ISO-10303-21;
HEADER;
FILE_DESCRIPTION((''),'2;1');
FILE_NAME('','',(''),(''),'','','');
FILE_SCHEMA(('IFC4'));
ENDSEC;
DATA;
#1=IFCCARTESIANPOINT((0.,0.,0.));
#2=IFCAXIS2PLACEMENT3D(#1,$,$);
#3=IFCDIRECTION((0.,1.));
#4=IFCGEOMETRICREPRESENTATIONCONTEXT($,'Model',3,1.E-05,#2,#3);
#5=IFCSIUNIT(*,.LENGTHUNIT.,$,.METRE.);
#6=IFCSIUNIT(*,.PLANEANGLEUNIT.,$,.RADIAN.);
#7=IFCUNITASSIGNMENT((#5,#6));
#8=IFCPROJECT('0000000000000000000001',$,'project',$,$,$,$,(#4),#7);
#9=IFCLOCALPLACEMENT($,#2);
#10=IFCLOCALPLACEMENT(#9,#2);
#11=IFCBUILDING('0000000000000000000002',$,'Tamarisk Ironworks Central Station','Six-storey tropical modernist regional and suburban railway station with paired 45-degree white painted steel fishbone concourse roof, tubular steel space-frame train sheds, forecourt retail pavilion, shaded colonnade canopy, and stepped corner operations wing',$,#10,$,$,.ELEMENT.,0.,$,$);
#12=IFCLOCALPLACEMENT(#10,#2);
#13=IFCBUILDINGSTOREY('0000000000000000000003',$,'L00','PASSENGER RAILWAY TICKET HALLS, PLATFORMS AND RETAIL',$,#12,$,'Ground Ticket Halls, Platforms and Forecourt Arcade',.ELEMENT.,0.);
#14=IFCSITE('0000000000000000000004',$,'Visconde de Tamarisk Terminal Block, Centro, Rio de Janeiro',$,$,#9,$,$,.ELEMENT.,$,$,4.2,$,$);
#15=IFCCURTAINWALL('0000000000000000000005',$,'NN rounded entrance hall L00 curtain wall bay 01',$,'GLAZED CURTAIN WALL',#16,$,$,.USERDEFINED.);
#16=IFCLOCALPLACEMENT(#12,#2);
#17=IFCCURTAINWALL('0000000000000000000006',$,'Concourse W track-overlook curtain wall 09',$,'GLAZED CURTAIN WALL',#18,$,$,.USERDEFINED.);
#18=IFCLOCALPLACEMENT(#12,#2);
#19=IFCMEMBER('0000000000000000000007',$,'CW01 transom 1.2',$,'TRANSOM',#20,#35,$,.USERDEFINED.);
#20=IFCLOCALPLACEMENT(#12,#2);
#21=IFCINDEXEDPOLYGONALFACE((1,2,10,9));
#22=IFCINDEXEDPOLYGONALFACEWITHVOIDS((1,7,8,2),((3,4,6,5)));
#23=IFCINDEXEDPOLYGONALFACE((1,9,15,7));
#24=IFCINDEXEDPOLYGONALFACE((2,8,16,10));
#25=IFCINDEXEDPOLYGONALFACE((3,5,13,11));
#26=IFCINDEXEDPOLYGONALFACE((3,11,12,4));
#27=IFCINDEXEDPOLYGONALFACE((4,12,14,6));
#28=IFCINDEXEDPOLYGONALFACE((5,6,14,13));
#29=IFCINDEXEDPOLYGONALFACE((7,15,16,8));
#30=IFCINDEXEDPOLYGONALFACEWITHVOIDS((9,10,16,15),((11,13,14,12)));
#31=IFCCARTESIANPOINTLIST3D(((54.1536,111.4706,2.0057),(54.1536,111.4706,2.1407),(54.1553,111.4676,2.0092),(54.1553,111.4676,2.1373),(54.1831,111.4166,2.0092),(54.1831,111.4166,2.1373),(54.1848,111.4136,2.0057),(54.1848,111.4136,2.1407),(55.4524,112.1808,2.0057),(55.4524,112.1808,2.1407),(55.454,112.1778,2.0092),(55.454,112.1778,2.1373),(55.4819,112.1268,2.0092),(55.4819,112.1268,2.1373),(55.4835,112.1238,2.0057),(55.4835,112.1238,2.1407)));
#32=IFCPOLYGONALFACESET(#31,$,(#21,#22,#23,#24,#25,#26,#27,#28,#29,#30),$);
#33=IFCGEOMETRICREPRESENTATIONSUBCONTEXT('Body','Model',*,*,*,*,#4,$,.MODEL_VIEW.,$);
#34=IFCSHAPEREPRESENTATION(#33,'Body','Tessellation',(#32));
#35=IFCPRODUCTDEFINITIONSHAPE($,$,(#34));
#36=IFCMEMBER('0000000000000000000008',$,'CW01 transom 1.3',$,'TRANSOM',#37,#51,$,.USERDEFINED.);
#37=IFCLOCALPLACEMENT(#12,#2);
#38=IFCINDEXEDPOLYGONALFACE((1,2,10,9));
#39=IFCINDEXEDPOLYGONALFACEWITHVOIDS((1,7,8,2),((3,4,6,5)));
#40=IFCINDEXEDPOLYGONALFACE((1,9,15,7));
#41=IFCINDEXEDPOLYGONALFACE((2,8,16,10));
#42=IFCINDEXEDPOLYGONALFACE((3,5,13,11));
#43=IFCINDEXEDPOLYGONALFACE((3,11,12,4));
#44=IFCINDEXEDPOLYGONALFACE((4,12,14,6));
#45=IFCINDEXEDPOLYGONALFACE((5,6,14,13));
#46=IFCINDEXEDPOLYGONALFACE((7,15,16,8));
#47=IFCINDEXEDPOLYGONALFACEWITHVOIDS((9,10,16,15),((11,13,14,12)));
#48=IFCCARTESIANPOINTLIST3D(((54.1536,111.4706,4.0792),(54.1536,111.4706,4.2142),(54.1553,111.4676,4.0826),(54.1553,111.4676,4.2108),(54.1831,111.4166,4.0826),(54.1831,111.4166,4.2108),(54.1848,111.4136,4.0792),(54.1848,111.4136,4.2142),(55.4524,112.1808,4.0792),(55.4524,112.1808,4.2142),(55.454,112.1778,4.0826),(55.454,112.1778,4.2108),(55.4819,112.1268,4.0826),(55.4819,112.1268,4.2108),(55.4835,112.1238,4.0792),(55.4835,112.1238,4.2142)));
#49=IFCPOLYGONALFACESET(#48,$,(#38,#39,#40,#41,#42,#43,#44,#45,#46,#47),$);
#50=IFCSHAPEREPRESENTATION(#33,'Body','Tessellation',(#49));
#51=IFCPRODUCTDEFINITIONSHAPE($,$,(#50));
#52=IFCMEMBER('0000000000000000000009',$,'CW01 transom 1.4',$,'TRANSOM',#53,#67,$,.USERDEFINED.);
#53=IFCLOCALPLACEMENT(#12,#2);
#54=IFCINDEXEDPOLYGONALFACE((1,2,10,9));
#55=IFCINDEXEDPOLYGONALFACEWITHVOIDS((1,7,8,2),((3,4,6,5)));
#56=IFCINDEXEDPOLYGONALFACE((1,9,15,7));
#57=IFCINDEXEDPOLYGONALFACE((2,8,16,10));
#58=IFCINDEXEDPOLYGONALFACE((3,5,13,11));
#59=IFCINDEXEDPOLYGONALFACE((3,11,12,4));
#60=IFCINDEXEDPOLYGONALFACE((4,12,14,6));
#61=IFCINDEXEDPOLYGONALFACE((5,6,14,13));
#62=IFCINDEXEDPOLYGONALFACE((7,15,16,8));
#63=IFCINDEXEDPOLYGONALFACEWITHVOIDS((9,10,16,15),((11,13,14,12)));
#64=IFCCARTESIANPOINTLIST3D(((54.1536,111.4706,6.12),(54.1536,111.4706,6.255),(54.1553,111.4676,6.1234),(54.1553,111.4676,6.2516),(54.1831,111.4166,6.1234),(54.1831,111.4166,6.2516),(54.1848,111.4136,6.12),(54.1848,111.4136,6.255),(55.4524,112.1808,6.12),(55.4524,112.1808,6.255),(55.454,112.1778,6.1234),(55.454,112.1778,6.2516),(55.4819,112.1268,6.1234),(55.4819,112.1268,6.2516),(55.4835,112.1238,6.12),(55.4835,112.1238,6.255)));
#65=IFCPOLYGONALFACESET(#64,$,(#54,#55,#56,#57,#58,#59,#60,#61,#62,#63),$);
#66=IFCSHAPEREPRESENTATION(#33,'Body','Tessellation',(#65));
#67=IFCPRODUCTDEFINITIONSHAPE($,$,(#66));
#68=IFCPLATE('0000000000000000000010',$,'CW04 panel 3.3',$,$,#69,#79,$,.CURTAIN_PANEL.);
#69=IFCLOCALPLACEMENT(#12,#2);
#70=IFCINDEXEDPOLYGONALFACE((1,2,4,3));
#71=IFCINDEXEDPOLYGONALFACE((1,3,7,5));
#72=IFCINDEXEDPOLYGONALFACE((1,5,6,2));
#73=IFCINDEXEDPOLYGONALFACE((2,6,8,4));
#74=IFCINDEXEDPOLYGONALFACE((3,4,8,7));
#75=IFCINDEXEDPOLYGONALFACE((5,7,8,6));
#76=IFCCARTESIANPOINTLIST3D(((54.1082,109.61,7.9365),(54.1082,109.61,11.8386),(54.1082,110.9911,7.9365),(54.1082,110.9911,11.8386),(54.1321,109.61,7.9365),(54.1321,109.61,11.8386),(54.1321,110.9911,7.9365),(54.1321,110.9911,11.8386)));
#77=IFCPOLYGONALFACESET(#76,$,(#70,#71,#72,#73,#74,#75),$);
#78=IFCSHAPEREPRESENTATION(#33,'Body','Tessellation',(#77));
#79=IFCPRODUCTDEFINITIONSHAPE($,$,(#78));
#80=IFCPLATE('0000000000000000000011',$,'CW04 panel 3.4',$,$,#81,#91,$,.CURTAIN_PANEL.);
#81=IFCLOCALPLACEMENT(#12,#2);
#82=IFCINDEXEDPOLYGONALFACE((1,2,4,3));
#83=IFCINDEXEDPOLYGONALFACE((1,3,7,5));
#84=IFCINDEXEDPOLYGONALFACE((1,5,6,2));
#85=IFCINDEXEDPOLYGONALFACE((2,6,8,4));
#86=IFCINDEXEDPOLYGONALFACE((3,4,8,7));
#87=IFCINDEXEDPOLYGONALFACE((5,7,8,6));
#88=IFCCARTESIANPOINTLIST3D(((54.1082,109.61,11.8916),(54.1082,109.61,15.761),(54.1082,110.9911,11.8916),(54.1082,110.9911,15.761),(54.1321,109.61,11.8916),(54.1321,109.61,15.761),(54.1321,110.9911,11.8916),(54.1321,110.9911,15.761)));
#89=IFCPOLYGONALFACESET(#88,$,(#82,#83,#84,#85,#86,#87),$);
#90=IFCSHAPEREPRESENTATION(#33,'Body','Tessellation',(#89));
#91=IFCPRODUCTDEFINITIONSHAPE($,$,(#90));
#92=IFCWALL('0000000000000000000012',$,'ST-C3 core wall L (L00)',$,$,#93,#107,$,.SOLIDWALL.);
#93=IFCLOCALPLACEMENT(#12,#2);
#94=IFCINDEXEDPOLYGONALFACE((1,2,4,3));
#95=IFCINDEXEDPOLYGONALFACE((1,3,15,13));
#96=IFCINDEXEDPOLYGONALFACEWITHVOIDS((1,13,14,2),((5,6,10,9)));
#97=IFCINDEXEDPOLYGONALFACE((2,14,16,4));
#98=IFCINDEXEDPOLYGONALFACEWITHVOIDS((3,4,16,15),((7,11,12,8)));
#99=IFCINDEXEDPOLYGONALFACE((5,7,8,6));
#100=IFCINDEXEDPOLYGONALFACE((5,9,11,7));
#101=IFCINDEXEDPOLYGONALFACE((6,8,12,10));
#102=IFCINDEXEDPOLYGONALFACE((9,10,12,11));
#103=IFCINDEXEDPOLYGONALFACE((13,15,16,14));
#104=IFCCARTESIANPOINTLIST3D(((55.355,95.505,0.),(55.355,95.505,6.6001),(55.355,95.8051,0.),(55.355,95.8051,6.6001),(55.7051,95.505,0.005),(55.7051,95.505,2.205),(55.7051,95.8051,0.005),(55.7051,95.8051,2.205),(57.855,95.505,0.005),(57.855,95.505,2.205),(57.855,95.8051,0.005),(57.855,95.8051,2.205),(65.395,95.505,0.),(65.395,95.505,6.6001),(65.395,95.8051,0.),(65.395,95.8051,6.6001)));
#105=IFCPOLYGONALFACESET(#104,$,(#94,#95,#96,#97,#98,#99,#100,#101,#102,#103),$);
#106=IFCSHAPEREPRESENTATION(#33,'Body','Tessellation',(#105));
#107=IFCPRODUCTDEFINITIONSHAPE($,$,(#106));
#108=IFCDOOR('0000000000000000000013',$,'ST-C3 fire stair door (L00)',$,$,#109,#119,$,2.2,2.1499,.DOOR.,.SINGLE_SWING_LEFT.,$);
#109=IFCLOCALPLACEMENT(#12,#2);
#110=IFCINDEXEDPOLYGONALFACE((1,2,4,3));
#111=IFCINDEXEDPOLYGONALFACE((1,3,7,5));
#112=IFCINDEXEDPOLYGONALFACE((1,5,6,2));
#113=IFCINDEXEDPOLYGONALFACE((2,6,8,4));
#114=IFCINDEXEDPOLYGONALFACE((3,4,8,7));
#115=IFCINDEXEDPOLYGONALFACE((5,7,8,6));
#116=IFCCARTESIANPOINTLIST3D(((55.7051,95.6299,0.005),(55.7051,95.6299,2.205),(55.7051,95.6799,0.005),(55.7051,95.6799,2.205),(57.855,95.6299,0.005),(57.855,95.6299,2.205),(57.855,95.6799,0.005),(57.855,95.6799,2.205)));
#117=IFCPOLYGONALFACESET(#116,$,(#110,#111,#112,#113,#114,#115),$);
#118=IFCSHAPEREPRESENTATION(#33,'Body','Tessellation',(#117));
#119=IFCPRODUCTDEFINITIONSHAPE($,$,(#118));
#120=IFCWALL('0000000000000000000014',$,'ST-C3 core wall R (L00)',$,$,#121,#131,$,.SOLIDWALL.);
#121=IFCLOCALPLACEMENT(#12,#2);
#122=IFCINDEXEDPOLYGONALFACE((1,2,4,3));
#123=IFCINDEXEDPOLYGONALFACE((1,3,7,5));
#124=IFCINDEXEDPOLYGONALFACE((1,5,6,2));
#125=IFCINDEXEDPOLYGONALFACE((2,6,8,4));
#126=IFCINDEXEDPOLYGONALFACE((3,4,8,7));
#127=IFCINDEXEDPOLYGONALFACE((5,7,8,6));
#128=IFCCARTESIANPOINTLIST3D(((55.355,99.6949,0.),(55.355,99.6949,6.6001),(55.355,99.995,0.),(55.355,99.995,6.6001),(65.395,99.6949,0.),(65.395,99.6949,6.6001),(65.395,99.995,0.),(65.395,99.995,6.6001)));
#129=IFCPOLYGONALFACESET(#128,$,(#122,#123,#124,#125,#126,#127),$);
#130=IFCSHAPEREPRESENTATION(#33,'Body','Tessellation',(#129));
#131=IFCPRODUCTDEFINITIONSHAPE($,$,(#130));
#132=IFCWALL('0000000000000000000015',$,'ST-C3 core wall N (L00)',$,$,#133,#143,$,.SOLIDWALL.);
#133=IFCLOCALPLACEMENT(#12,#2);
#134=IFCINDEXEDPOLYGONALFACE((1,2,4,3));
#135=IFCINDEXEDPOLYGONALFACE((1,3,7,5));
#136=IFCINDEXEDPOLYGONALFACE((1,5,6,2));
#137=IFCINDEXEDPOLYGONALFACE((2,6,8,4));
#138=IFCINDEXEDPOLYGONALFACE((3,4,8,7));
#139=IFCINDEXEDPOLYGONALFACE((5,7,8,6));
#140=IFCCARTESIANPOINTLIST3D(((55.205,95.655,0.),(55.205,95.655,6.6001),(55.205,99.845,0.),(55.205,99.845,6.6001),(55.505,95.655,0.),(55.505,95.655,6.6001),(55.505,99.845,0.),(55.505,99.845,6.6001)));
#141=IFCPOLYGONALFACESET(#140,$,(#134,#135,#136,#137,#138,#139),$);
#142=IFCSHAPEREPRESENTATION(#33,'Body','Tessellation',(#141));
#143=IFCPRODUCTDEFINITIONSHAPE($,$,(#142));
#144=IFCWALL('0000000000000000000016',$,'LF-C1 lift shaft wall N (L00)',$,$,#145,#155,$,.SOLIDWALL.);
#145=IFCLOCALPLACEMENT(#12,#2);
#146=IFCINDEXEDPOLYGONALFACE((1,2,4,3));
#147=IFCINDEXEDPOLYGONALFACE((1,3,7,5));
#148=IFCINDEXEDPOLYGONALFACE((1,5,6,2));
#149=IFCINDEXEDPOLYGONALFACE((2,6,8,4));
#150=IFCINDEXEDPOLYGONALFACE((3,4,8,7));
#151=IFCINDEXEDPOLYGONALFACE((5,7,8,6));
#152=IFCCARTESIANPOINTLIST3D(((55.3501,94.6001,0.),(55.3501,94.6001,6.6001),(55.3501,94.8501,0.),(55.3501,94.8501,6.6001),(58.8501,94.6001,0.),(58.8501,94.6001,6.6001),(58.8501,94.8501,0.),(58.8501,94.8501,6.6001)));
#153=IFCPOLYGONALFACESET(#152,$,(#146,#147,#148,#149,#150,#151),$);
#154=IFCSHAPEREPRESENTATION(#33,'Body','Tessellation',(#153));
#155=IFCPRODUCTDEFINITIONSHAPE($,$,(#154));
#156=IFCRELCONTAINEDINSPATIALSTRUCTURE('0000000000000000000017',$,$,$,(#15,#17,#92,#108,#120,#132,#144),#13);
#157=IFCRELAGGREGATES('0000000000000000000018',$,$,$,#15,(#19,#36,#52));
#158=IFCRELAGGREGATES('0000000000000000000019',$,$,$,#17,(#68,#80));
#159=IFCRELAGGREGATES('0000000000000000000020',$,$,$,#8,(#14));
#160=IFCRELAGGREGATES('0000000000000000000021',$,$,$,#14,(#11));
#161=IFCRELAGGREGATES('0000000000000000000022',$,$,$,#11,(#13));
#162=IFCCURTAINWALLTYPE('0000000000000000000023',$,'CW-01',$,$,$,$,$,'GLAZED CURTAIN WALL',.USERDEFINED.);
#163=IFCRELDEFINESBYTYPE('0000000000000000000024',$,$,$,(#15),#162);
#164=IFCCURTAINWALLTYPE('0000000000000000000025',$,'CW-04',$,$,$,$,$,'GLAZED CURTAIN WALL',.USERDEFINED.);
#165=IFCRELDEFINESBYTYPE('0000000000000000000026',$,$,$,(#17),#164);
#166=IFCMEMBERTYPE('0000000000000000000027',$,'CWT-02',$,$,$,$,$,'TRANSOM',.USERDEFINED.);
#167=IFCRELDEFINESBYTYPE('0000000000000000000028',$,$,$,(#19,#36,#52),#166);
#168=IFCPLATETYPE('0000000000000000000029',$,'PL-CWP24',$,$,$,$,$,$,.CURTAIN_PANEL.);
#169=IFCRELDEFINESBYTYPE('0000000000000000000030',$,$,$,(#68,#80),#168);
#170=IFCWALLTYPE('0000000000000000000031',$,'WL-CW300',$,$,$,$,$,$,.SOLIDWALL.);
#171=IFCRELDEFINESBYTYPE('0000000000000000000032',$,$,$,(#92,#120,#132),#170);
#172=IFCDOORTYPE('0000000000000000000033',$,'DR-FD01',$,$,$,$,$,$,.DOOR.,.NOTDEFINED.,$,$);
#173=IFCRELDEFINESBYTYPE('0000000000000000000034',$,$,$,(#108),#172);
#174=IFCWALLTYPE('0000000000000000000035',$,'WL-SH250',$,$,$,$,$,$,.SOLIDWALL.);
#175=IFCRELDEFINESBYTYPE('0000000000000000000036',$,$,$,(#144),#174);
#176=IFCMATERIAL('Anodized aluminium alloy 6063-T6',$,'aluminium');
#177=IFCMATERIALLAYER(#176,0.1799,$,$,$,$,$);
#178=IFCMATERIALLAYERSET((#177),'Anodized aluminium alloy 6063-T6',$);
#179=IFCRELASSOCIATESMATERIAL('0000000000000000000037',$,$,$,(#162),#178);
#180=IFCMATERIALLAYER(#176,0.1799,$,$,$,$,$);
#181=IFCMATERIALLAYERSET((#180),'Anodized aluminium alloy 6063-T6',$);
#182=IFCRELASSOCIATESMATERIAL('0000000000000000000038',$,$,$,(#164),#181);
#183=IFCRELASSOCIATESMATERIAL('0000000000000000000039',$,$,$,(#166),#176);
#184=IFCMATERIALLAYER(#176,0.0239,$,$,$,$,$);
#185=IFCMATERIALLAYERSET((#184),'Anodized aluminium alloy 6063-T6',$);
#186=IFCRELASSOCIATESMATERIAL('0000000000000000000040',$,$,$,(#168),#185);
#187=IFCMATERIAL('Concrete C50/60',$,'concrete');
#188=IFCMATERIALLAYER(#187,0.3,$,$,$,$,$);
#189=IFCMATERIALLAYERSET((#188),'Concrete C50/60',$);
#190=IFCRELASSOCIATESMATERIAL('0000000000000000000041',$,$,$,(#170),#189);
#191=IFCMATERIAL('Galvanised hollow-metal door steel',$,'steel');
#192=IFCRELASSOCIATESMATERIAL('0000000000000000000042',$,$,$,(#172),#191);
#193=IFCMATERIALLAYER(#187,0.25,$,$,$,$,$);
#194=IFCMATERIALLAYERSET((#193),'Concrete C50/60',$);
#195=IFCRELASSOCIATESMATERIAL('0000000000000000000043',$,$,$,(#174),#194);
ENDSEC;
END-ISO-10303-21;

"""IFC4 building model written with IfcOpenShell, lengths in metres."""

from ifc_helpers import new_model, si_unit, direction, frame, frame_2d, origin, origin_2d, place, context, subcontext, project, spatial, rectangle, hollow_rectangle, extrude, material, layer, layer_set, material_profile, profile_set, type_object, element, fill, aggregate, save


model = new_model("IFC4")

# Units and contexts
model_context = context("Model", 3, precision=1e-05, world=origin(), true_north=direction((0.0, 1.0)))
body_context = subcontext(model_context, "Body", "Model", "MODEL_VIEW")
ifc_project = project(units=[si_unit("LENGTHUNIT", "METRE"), si_unit("PLANEANGLEUNIT", "RADIAN")], contexts=[model_context])

# Site, building, storey
site_placement = place(None, origin())
site = spatial("IfcSite", under=ifc_project, at=site_placement, Name="Visconde de Tamarisk Terminal Block, Centro, Rio de Janeiro", CompositionType="ELEMENT", RefElevation=4.2)
building_placement = place(site_placement, origin())
building = spatial("IfcBuilding", under=site, at=building_placement, Name="Tamarisk Ironworks Central Station", Description="Six-storey tropical modernist regional and suburban railway station with paired 45-degree white painted steel fishbone concourse roof, tubular steel space-frame train sheds, forecourt retail pavilion, shaded colonnade canopy, and stepped corner operations wing", CompositionType="ELEMENT", ElevationOfRefHeight=0.0)
storey_placement = place(building_placement, origin())
storey = spatial("IfcBuildingStorey", under=building, at=storey_placement, Name="L00", Description="PASSENGER RAILWAY TICKET HALLS, PLATFORMS AND RETAIL", LongName="Ground Ticket Halls, Platforms and Forecourt Arcade", CompositionType="ELEMENT", Elevation=0.0)

# Curtain walls
ifc_material_1 = material(Name="Anodized aluminium alloy 6063-T6", Category="aluminium")
ifc_layer_1 = layer(ifc_material_1, 0.1799)
ifc_layer_set_1 = layer_set([ifc_layer_1], Name="Anodized aluminium alloy 6063-T6")
curtain_wall_type_1 = type_object("IfcCurtainWallType", Name="CW-01", ElementType="GLAZED CURTAIN WALL", PredefinedType="USERDEFINED", material=ifc_layer_set_1)
curtain_wall_1_placement = place(storey_placement, origin())
curtain_wall_1 = element("IfcCurtainWall", 1, at=curtain_wall_1_placement, inside=storey, type_object=curtain_wall_type_1, Name="NN rounded entrance hall L00 curtain wall bay 01", ObjectType="GLAZED CURTAIN WALL", PredefinedType="USERDEFINED")
ifc_layer_2 = layer(ifc_material_1, 0.1799)
ifc_layer_set_2 = layer_set([ifc_layer_2], Name="Anodized aluminium alloy 6063-T6")
curtain_wall_type_2 = type_object("IfcCurtainWallType", Name="CW-04", ElementType="GLAZED CURTAIN WALL", PredefinedType="USERDEFINED", material=ifc_layer_set_2)
curtain_wall_2_placement = place(storey_placement, origin())
curtain_wall_2 = element("IfcCurtainWall", 2, at=curtain_wall_2_placement, inside=storey, type_object=curtain_wall_type_2, Name="Concourse W track-overlook curtain wall 09", ObjectType="GLAZED CURTAIN WALL", PredefinedType="USERDEFINED")

# Members
ifc_material_profile_1 = material_profile(ifc_material_1, hollow_rectangle(XDim=0.0649, YDim=0.135, WallThickness=0.0034, at=origin_2d()), Name="ALUM 135x65")
ifc_profile_set_1 = profile_set([ifc_material_profile_1], Name="Anodized aluminium alloy 6063-T6")
member_type_1 = type_object("IfcMemberType", Name="CWT-02", ElementType="TRANSOM", PredefinedType="USERDEFINED", material=ifc_profile_set_1)
member_1_placement = place(storey_placement, frame((54.1692, 111.4421, 2.0732), z_axis=(0.877397, 0.479765, 0.0), x_axis=(-0.479765, 0.877397, 0.0)))
member_1 = element("IfcMember", 3, at=member_1_placement, type_object=member_type_1, Name="CW01 transom 1.2", ObjectType="TRANSOM", PredefinedType="USERDEFINED", context=body_context, shape_type="SweptSolid", body=[
    extrude(hollow_rectangle(XDim=0.0649, YDim=0.135, WallThickness=0.0034, at=origin_2d()), origin(), (0.0, 0.0, 1.0), 1.4802),
])
member_2_placement = place(storey_placement, frame((54.1692, 111.4421, 4.1467), z_axis=(0.877397, 0.479765, 0.0), x_axis=(-0.479765, 0.877397, 0.0)))
member_2 = element("IfcMember", 4, at=member_2_placement, type_object=member_type_1, Name="CW01 transom 1.3", ObjectType="TRANSOM", PredefinedType="USERDEFINED", context=body_context, shape_type="SweptSolid", body=[
    extrude(hollow_rectangle(XDim=0.0649, YDim=0.135, WallThickness=0.0034, at=origin_2d()), origin(), (0.0, 0.0, 1.0), 1.4802),
])
member_3_placement = place(storey_placement, frame((54.1692, 111.4421, 6.1875), z_axis=(0.877397, 0.479765, 0.0), x_axis=(-0.479765, 0.877397, 0.0)))
member_3 = element("IfcMember", 5, at=member_3_placement, type_object=member_type_1, Name="CW01 transom 1.4", ObjectType="TRANSOM", PredefinedType="USERDEFINED", context=body_context, shape_type="SweptSolid", body=[
    extrude(hollow_rectangle(XDim=0.0649, YDim=0.135, WallThickness=0.0034, at=origin_2d()), origin(), (0.0, 0.0, 1.0), 1.4802),
])
aggregate(curtain_wall_1, [member_1, member_2, member_3])

# Plates
ifc_layer_3 = layer(ifc_material_1, 0.0239)
ifc_layer_set_3 = layer_set([ifc_layer_3], Name="Anodized aluminium alloy 6063-T6")
plate_type = type_object("IfcPlateType", Name="PL-CWP24", PredefinedType="CURTAIN_PANEL", material=ifc_layer_set_3)
plate_1_placement = place(storey_placement, frame((54.1201, 110.3005, 7.9365), z_axis=(0.0, 0.0, 1.0), x_axis=(0.0, 1.0, 0.0)))
plate_1 = element("IfcPlate", 6, at=plate_1_placement, type_object=plate_type, Name="CW04 panel 3.3", PredefinedType="CURTAIN_PANEL", context=body_context, shape_type="SweptSolid", body=[
    extrude(rectangle(XDim=1.3811, YDim=0.0239, at=origin_2d()), origin(), (0.0, 0.0, 1.0), 3.9021),
])
plate_2_placement = place(storey_placement, frame((54.1201, 110.3005, 11.8916), z_axis=(0.0, 0.0, 1.0), x_axis=(0.0, 1.0, 0.0)))
plate_2 = element("IfcPlate", 7, at=plate_2_placement, type_object=plate_type, Name="CW04 panel 3.4", PredefinedType="CURTAIN_PANEL", context=body_context, shape_type="SweptSolid", body=[
    extrude(rectangle(XDim=1.3811, YDim=0.0239, at=origin_2d()), origin(), (0.0, 0.0, 1.0), 3.8694),
])
aggregate(curtain_wall_2, [plate_1, plate_2])

# Wall, opening, door
ifc_material_2 = material(Name="Concrete C50/60", Category="concrete")
ifc_layer_4 = layer(ifc_material_2, 0.3)
ifc_layer_set_4 = layer_set([ifc_layer_4], Name="Concrete C50/60")
wall_type_1 = type_object("IfcWallType", Name="WL-CW300", PredefinedType="SOLIDWALL", material=ifc_layer_set_4)
wall_1_placement = place(storey_placement, frame((55.355, 95.655, 0.0), z_axis=(0.0, 0.0, 1.0), x_axis=(1.0, 0.0, 0.0)))
wall_1 = element("IfcWall", 8, at=wall_1_placement, inside=storey, type_object=wall_type_1, Name="ST-C3 core wall L (L00)", PredefinedType="SOLIDWALL", context=body_context, shape_type="SweptSolid", body=[
    extrude(rectangle(XDim=10.04, YDim=0.3, at=frame_2d((5.02, 0.0))), origin(), (0.0, 0.0, 1.0), 6.6001),
])
opening_placement = place(wall_1_placement, frame((0.3501, 0.0, 0.0049)))
opening = element("IfcOpeningElement", 9, at=opening_placement, cuts=wall_1, PredefinedType="OPENING", context=body_context, shape_type="SweptSolid", body=[
    extrude(rectangle(XDim=2.1499, YDim=2.2, at=frame_2d((1.075, 1.1001))), frame((0.0, 0.1621, 0.0), z_axis=(0.0, -1.0, 0.0), x_axis=(1.0, 0.0, 0.0)), (0.0, 0.0, 1.0), 0.324),
])
ifc_material_3 = material(Name="Galvanised hollow-metal door steel", Category="steel")
door_type = type_object("IfcDoorType", Name="DR-FD01", OperationType="NOTDEFINED", PredefinedType="DOOR", material=ifc_material_3)
door_placement = place(opening_placement, origin())
door = element("IfcDoor", 10, at=door_placement, inside=storey, type_object=door_type, Name="ST-C3 fire stair door (L00)", OperationType="SINGLE_SWING_LEFT", OverallHeight=2.2, OverallWidth=2.1499, PredefinedType="DOOR", context=body_context, shape_type="SweptSolid", body=[
    extrude(rectangle(XDim=2.1499, YDim=2.2, at=frame_2d((1.075, 1.1001))), frame((0.0, 0.0249, 0.0), z_axis=(0.0, -1.0, 0.0), x_axis=(1.0, 0.0, 0.0)), (0.0, 0.0, 1.0), 0.05),
])
fill(opening, door)

# Walls
wall_2_placement = place(storey_placement, frame((55.355, 99.845, 0.0), z_axis=(0.0, 0.0, 1.0), x_axis=(1.0, 0.0, 0.0)))
element("IfcWall", 11, at=wall_2_placement, inside=storey, type_object=wall_type_1, Name="ST-C3 core wall R (L00)", PredefinedType="SOLIDWALL", context=body_context, shape_type="SweptSolid", body=[
    extrude(rectangle(XDim=10.04, YDim=0.3, at=frame_2d((5.02, 0.0))), origin(), (0.0, 0.0, 1.0), 6.6001),
])
wall_3_placement = place(storey_placement, frame((55.355, 95.655, 0.0), z_axis=(0.0, 0.0, 1.0), x_axis=(0.0, 1.0, 0.0)))
element("IfcWall", 12, at=wall_3_placement, inside=storey, type_object=wall_type_1, Name="ST-C3 core wall N (L00)", PredefinedType="SOLIDWALL", context=body_context, shape_type="SweptSolid", body=[
    extrude(rectangle(XDim=4.1899, YDim=0.3, at=frame_2d((2.095, 0.0))), origin(), (0.0, 0.0, 1.0), 6.6001),
])
ifc_layer_5 = layer(ifc_material_2, 0.25)
ifc_layer_set_5 = layer_set([ifc_layer_5], Name="Concrete C50/60")
wall_type_2 = type_object("IfcWallType", Name="WL-SH250", PredefinedType="SOLIDWALL", material=ifc_layer_set_5)
wall_4_placement = place(storey_placement, frame((55.3501, 94.7251, 0.0), z_axis=(0.0, 0.0, 1.0), x_axis=(1.0, 0.0, 0.0)))
element("IfcWall", 13, at=wall_4_placement, inside=storey, type_object=wall_type_2, Name="LF-C1 lift shaft wall N (L00)", PredefinedType="SOLIDWALL", context=body_context, shape_type="SweptSolid", body=[
    extrude(rectangle(XDim=3.5, YDim=0.25, at=frame_2d((1.75, 0.0))), origin(), (0.0, 0.0, 1.0), 6.6001),
])

save(model, "model.ifc")
